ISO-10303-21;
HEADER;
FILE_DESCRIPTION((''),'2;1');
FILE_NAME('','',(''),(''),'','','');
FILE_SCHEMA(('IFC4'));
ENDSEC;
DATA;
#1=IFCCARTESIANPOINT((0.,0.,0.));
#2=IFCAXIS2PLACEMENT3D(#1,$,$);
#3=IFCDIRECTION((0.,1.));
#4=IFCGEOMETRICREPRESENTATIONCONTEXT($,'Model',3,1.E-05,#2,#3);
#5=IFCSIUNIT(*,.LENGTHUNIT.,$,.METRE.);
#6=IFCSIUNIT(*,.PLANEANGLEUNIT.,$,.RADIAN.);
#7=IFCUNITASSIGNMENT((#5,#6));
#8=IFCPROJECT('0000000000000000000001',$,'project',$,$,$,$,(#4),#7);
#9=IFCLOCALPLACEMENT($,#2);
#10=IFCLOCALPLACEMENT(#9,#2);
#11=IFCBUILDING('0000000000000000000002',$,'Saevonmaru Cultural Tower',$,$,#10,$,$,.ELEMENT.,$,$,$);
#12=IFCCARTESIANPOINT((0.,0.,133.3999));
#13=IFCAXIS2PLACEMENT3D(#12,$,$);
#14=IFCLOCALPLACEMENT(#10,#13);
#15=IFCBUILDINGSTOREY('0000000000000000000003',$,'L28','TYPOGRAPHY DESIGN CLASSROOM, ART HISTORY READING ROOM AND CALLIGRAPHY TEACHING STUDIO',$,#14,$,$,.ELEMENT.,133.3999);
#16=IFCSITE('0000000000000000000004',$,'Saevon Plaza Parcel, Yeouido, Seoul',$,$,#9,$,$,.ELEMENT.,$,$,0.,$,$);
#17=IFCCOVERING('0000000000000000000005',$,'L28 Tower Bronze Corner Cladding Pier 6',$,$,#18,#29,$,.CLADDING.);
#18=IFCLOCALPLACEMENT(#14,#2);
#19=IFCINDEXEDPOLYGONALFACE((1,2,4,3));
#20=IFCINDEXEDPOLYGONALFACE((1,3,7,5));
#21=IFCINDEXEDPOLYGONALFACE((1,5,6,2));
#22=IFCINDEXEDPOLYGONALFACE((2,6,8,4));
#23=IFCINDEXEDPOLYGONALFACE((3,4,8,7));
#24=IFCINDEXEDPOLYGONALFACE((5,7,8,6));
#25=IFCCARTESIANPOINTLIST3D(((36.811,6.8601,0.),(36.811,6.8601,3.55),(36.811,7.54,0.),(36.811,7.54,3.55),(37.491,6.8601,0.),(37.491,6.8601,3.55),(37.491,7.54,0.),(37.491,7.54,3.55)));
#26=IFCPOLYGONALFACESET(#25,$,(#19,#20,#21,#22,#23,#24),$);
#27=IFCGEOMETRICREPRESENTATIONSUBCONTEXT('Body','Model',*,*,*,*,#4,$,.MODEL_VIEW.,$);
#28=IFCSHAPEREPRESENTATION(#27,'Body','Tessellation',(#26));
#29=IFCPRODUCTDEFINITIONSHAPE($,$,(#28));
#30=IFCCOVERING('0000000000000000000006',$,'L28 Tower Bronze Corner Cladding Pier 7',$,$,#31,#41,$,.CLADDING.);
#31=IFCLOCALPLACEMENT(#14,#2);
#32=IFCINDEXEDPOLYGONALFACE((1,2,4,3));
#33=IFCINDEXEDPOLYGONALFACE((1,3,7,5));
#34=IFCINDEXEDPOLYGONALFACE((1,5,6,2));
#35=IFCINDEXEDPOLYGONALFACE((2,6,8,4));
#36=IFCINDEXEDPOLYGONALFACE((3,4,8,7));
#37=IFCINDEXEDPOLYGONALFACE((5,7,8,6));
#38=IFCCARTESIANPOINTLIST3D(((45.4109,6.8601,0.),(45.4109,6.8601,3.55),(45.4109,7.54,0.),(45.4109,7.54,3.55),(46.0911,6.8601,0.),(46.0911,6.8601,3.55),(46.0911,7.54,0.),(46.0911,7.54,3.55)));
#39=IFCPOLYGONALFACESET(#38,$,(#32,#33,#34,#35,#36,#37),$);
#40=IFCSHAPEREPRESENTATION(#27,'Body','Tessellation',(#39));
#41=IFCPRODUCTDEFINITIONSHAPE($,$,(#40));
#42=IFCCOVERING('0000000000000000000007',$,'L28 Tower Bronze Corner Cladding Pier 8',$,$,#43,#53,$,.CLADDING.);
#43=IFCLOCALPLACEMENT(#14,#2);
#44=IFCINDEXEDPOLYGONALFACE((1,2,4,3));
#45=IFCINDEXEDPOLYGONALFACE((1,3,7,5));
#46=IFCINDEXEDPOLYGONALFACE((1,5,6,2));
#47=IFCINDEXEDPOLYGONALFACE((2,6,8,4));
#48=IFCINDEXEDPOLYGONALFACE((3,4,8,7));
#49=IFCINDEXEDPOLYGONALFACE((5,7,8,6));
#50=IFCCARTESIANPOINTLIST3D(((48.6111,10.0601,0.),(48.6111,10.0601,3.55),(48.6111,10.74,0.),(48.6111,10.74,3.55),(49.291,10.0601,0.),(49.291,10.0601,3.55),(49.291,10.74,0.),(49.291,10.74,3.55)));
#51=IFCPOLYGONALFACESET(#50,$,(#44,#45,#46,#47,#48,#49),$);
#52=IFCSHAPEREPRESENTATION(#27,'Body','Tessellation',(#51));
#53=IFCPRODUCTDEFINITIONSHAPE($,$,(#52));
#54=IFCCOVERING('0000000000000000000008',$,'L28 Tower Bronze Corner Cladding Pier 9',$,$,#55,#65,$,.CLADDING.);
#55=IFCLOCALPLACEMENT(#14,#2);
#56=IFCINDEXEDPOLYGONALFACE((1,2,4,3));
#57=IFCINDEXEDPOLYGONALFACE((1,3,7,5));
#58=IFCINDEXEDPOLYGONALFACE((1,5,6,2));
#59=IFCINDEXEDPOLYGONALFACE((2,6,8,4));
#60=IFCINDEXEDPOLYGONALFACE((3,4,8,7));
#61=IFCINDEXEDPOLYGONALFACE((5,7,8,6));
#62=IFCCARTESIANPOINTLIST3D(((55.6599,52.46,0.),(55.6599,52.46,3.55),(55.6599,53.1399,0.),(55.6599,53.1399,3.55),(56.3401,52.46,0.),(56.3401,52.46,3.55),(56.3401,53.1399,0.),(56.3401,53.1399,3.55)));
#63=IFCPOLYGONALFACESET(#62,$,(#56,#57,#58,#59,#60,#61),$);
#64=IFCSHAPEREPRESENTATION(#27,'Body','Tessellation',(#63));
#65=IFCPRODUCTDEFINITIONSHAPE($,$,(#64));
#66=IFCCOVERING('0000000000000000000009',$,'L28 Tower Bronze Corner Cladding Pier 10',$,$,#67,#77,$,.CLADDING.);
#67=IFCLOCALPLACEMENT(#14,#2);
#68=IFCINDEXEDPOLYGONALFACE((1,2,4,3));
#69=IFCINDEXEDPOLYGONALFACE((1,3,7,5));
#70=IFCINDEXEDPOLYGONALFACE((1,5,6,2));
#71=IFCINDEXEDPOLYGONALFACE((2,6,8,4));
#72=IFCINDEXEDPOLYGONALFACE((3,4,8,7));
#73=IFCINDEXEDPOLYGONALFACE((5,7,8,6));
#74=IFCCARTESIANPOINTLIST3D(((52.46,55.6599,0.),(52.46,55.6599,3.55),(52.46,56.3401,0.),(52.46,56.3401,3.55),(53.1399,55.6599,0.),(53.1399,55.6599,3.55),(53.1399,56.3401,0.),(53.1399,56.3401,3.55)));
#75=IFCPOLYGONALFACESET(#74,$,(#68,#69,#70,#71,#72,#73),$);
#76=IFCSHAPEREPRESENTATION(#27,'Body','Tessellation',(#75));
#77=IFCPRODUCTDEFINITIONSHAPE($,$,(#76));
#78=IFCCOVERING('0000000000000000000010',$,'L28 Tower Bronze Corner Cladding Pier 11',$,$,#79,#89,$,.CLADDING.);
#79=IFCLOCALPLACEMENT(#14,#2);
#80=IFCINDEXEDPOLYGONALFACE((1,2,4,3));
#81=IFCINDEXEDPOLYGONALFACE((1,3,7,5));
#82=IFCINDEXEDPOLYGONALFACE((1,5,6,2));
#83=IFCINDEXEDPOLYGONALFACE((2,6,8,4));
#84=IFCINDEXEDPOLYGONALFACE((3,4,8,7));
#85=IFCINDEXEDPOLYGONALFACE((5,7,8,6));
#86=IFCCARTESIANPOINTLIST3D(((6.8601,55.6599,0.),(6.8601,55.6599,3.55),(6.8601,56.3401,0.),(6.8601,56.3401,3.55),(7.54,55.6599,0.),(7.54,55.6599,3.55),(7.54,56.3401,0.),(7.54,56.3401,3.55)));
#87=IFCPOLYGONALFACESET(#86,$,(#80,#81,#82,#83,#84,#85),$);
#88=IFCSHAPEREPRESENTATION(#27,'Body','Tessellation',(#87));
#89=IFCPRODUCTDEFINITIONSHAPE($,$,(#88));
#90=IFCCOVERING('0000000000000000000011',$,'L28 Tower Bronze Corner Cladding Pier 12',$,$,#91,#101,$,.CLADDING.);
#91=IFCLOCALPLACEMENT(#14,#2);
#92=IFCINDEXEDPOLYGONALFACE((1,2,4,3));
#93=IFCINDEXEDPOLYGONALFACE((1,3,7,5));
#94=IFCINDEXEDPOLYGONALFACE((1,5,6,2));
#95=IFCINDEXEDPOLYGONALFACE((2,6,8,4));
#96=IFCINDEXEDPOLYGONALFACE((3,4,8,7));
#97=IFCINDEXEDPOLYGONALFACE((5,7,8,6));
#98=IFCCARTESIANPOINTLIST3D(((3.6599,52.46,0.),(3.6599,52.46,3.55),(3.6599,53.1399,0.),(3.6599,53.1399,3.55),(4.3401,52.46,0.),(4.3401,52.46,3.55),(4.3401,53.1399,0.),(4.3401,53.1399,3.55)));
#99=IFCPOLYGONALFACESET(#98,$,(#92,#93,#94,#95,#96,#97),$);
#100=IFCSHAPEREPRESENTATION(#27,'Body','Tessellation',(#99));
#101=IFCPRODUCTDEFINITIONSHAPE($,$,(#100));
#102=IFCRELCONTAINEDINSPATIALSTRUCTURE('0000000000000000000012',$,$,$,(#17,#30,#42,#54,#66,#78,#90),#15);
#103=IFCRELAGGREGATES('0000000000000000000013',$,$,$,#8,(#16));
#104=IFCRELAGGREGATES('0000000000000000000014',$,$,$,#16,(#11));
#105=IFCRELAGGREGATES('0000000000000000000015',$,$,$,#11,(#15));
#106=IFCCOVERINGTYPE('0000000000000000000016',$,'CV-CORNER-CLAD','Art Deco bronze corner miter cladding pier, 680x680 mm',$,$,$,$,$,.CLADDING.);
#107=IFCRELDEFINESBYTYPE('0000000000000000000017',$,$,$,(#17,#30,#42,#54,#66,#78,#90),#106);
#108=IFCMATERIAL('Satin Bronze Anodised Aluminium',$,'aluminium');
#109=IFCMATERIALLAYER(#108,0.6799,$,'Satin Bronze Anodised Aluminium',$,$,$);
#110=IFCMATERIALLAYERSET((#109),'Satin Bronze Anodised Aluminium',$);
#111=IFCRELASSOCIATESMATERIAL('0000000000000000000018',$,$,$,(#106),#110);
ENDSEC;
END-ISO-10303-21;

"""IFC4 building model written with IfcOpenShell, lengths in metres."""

from ifc_helpers import new_model, si_unit, direction, frame, origin, place, context, subcontext, project, spatial, polyline, outline, extrude, material, layer, layer_set, type_object, element, save


model = new_model("IFC4")

# Units and contexts
model_context = context("Model", 3, precision=1e-05, world=origin(), true_north=direction((0.0, 1.0)))
body_context = subcontext(model_context, "Body", "Model", "MODEL_VIEW")
ifc_project = project(units=[si_unit("LENGTHUNIT", "METRE"), si_unit("PLANEANGLEUNIT", "RADIAN")], contexts=[model_context])

# Site, building, storey
site_placement = place(None, origin())
site = spatial("IfcSite", under=ifc_project, at=site_placement, Name="Saevon Plaza Parcel, Yeouido, Seoul", CompositionType="ELEMENT", RefElevation=0.0)
building_placement = place(site_placement, origin())
building = spatial("IfcBuilding", under=site, at=building_placement, Name="Saevonmaru Cultural Tower", CompositionType="ELEMENT")
storey_placement = place(building_placement, frame((0.0, 0.0, 133.3999)))
storey = spatial("IfcBuildingStorey", under=building, at=storey_placement, Name="L28", Description="TYPOGRAPHY DESIGN CLASSROOM, ART HISTORY READING ROOM AND CALLIGRAPHY TEACHING STUDIO", CompositionType="ELEMENT", Elevation=133.3999)

# Shared definitions
ifc_material_1 = material(Name="Satin Bronze Anodised Aluminium", Category="aluminium")

# Coverings
ifc_layer_1 = layer(ifc_material_1, 0.6799, Name="Satin Bronze Anodised Aluminium")
ifc_layer_set_1 = layer_set([ifc_layer_1], Name="Satin Bronze Anodised Aluminium")
covering_type = type_object("IfcCoveringType", Name="CV-CORNER-CLAD", Description="Art Deco bronze corner miter cladding pier, 680x680 mm", PredefinedType="CLADDING", material=ifc_layer_set_1)
covering_1_placement = place(storey_placement, origin())
element("IfcCovering", 1, at=covering_1_placement, inside=storey, type_object=covering_type, Name="L28 Tower Bronze Corner Cladding Pier 6", PredefinedType="CLADDING", context=body_context, shape_type="SweptSolid", body=[
    extrude(outline(polyline([(36.811, 6.8601), (37.491, 6.8601), (37.491, 7.54), (36.811, 7.54), (36.811, 6.8601)])), origin(), (0.0, 0.0, 1.0), 3.55),
])
covering_2_placement = place(storey_placement, origin())
element("IfcCovering", 2, at=covering_2_placement, inside=storey, type_object=covering_type, Name="L28 Tower Bronze Corner Cladding Pier 7", PredefinedType="CLADDING", context=body_context, shape_type="SweptSolid", body=[
    extrude(outline(polyline([(45.4109, 6.8601), (46.0911, 6.8601), (46.0911, 7.54), (45.4109, 7.54), (45.4109, 6.8601)])), origin(), (0.0, 0.0, 1.0), 3.55),
])
covering_3_placement = place(storey_placement, origin())
element("IfcCovering", 3, at=covering_3_placement, inside=storey, type_object=covering_type, Name="L28 Tower Bronze Corner Cladding Pier 8", PredefinedType="CLADDING", context=body_context, shape_type="SweptSolid", body=[
    extrude(outline(polyline([(48.6111, 10.0601), (49.291, 10.0601), (49.291, 10.74), (48.6111, 10.74), (48.6111, 10.0601)])), origin(), (0.0, 0.0, 1.0), 3.55),
])
covering_4_placement = place(storey_placement, origin())
element("IfcCovering", 4, at=covering_4_placement, inside=storey, type_object=covering_type, Name="L28 Tower Bronze Corner Cladding Pier 9", PredefinedType="CLADDING", context=body_context, shape_type="SweptSolid", body=[
    extrude(outline(polyline([(55.6599, 52.46), (56.3401, 52.46), (56.3401, 53.1399), (55.6599, 53.1399), (55.6599, 52.46)])), origin(), (0.0, 0.0, 1.0), 3.55),
])
covering_5_placement = place(storey_placement, origin())
element("IfcCovering", 5, at=covering_5_placement, inside=storey, type_object=covering_type, Name="L28 Tower Bronze Corner Cladding Pier 10", PredefinedType="CLADDING", context=body_context, shape_type="SweptSolid", body=[
    extrude(outline(polyline([(52.46, 55.6599), (53.1399, 55.6599), (53.1399, 56.3401), (52.46, 56.3401), (52.46, 55.6599)])), origin(), (0.0, 0.0, 1.0), 3.55),
])
covering_6_placement = place(storey_placement, origin())
element("IfcCovering", 6, at=covering_6_placement, inside=storey, type_object=covering_type, Name="L28 Tower Bronze Corner Cladding Pier 11", PredefinedType="CLADDING", context=body_context, shape_type="SweptSolid", body=[
    extrude(outline(polyline([(6.8601, 55.6599), (7.54, 55.6599), (7.54, 56.3401), (6.8601, 56.3401), (6.8601, 55.6599)])), origin(), (0.0, 0.0, 1.0), 3.55),
])
covering_7_placement = place(storey_placement, origin())
element("IfcCovering", 7, at=covering_7_placement, inside=storey, type_object=covering_type, Name="L28 Tower Bronze Corner Cladding Pier 12", PredefinedType="CLADDING", context=body_context, shape_type="SweptSolid", body=[
    extrude(outline(polyline([(3.6599, 52.46), (4.3401, 52.46), (4.3401, 53.1399), (3.6599, 53.1399), (3.6599, 52.46)])), origin(), (0.0, 0.0, 1.0), 3.55),
])

save(model, "model.ifc")
